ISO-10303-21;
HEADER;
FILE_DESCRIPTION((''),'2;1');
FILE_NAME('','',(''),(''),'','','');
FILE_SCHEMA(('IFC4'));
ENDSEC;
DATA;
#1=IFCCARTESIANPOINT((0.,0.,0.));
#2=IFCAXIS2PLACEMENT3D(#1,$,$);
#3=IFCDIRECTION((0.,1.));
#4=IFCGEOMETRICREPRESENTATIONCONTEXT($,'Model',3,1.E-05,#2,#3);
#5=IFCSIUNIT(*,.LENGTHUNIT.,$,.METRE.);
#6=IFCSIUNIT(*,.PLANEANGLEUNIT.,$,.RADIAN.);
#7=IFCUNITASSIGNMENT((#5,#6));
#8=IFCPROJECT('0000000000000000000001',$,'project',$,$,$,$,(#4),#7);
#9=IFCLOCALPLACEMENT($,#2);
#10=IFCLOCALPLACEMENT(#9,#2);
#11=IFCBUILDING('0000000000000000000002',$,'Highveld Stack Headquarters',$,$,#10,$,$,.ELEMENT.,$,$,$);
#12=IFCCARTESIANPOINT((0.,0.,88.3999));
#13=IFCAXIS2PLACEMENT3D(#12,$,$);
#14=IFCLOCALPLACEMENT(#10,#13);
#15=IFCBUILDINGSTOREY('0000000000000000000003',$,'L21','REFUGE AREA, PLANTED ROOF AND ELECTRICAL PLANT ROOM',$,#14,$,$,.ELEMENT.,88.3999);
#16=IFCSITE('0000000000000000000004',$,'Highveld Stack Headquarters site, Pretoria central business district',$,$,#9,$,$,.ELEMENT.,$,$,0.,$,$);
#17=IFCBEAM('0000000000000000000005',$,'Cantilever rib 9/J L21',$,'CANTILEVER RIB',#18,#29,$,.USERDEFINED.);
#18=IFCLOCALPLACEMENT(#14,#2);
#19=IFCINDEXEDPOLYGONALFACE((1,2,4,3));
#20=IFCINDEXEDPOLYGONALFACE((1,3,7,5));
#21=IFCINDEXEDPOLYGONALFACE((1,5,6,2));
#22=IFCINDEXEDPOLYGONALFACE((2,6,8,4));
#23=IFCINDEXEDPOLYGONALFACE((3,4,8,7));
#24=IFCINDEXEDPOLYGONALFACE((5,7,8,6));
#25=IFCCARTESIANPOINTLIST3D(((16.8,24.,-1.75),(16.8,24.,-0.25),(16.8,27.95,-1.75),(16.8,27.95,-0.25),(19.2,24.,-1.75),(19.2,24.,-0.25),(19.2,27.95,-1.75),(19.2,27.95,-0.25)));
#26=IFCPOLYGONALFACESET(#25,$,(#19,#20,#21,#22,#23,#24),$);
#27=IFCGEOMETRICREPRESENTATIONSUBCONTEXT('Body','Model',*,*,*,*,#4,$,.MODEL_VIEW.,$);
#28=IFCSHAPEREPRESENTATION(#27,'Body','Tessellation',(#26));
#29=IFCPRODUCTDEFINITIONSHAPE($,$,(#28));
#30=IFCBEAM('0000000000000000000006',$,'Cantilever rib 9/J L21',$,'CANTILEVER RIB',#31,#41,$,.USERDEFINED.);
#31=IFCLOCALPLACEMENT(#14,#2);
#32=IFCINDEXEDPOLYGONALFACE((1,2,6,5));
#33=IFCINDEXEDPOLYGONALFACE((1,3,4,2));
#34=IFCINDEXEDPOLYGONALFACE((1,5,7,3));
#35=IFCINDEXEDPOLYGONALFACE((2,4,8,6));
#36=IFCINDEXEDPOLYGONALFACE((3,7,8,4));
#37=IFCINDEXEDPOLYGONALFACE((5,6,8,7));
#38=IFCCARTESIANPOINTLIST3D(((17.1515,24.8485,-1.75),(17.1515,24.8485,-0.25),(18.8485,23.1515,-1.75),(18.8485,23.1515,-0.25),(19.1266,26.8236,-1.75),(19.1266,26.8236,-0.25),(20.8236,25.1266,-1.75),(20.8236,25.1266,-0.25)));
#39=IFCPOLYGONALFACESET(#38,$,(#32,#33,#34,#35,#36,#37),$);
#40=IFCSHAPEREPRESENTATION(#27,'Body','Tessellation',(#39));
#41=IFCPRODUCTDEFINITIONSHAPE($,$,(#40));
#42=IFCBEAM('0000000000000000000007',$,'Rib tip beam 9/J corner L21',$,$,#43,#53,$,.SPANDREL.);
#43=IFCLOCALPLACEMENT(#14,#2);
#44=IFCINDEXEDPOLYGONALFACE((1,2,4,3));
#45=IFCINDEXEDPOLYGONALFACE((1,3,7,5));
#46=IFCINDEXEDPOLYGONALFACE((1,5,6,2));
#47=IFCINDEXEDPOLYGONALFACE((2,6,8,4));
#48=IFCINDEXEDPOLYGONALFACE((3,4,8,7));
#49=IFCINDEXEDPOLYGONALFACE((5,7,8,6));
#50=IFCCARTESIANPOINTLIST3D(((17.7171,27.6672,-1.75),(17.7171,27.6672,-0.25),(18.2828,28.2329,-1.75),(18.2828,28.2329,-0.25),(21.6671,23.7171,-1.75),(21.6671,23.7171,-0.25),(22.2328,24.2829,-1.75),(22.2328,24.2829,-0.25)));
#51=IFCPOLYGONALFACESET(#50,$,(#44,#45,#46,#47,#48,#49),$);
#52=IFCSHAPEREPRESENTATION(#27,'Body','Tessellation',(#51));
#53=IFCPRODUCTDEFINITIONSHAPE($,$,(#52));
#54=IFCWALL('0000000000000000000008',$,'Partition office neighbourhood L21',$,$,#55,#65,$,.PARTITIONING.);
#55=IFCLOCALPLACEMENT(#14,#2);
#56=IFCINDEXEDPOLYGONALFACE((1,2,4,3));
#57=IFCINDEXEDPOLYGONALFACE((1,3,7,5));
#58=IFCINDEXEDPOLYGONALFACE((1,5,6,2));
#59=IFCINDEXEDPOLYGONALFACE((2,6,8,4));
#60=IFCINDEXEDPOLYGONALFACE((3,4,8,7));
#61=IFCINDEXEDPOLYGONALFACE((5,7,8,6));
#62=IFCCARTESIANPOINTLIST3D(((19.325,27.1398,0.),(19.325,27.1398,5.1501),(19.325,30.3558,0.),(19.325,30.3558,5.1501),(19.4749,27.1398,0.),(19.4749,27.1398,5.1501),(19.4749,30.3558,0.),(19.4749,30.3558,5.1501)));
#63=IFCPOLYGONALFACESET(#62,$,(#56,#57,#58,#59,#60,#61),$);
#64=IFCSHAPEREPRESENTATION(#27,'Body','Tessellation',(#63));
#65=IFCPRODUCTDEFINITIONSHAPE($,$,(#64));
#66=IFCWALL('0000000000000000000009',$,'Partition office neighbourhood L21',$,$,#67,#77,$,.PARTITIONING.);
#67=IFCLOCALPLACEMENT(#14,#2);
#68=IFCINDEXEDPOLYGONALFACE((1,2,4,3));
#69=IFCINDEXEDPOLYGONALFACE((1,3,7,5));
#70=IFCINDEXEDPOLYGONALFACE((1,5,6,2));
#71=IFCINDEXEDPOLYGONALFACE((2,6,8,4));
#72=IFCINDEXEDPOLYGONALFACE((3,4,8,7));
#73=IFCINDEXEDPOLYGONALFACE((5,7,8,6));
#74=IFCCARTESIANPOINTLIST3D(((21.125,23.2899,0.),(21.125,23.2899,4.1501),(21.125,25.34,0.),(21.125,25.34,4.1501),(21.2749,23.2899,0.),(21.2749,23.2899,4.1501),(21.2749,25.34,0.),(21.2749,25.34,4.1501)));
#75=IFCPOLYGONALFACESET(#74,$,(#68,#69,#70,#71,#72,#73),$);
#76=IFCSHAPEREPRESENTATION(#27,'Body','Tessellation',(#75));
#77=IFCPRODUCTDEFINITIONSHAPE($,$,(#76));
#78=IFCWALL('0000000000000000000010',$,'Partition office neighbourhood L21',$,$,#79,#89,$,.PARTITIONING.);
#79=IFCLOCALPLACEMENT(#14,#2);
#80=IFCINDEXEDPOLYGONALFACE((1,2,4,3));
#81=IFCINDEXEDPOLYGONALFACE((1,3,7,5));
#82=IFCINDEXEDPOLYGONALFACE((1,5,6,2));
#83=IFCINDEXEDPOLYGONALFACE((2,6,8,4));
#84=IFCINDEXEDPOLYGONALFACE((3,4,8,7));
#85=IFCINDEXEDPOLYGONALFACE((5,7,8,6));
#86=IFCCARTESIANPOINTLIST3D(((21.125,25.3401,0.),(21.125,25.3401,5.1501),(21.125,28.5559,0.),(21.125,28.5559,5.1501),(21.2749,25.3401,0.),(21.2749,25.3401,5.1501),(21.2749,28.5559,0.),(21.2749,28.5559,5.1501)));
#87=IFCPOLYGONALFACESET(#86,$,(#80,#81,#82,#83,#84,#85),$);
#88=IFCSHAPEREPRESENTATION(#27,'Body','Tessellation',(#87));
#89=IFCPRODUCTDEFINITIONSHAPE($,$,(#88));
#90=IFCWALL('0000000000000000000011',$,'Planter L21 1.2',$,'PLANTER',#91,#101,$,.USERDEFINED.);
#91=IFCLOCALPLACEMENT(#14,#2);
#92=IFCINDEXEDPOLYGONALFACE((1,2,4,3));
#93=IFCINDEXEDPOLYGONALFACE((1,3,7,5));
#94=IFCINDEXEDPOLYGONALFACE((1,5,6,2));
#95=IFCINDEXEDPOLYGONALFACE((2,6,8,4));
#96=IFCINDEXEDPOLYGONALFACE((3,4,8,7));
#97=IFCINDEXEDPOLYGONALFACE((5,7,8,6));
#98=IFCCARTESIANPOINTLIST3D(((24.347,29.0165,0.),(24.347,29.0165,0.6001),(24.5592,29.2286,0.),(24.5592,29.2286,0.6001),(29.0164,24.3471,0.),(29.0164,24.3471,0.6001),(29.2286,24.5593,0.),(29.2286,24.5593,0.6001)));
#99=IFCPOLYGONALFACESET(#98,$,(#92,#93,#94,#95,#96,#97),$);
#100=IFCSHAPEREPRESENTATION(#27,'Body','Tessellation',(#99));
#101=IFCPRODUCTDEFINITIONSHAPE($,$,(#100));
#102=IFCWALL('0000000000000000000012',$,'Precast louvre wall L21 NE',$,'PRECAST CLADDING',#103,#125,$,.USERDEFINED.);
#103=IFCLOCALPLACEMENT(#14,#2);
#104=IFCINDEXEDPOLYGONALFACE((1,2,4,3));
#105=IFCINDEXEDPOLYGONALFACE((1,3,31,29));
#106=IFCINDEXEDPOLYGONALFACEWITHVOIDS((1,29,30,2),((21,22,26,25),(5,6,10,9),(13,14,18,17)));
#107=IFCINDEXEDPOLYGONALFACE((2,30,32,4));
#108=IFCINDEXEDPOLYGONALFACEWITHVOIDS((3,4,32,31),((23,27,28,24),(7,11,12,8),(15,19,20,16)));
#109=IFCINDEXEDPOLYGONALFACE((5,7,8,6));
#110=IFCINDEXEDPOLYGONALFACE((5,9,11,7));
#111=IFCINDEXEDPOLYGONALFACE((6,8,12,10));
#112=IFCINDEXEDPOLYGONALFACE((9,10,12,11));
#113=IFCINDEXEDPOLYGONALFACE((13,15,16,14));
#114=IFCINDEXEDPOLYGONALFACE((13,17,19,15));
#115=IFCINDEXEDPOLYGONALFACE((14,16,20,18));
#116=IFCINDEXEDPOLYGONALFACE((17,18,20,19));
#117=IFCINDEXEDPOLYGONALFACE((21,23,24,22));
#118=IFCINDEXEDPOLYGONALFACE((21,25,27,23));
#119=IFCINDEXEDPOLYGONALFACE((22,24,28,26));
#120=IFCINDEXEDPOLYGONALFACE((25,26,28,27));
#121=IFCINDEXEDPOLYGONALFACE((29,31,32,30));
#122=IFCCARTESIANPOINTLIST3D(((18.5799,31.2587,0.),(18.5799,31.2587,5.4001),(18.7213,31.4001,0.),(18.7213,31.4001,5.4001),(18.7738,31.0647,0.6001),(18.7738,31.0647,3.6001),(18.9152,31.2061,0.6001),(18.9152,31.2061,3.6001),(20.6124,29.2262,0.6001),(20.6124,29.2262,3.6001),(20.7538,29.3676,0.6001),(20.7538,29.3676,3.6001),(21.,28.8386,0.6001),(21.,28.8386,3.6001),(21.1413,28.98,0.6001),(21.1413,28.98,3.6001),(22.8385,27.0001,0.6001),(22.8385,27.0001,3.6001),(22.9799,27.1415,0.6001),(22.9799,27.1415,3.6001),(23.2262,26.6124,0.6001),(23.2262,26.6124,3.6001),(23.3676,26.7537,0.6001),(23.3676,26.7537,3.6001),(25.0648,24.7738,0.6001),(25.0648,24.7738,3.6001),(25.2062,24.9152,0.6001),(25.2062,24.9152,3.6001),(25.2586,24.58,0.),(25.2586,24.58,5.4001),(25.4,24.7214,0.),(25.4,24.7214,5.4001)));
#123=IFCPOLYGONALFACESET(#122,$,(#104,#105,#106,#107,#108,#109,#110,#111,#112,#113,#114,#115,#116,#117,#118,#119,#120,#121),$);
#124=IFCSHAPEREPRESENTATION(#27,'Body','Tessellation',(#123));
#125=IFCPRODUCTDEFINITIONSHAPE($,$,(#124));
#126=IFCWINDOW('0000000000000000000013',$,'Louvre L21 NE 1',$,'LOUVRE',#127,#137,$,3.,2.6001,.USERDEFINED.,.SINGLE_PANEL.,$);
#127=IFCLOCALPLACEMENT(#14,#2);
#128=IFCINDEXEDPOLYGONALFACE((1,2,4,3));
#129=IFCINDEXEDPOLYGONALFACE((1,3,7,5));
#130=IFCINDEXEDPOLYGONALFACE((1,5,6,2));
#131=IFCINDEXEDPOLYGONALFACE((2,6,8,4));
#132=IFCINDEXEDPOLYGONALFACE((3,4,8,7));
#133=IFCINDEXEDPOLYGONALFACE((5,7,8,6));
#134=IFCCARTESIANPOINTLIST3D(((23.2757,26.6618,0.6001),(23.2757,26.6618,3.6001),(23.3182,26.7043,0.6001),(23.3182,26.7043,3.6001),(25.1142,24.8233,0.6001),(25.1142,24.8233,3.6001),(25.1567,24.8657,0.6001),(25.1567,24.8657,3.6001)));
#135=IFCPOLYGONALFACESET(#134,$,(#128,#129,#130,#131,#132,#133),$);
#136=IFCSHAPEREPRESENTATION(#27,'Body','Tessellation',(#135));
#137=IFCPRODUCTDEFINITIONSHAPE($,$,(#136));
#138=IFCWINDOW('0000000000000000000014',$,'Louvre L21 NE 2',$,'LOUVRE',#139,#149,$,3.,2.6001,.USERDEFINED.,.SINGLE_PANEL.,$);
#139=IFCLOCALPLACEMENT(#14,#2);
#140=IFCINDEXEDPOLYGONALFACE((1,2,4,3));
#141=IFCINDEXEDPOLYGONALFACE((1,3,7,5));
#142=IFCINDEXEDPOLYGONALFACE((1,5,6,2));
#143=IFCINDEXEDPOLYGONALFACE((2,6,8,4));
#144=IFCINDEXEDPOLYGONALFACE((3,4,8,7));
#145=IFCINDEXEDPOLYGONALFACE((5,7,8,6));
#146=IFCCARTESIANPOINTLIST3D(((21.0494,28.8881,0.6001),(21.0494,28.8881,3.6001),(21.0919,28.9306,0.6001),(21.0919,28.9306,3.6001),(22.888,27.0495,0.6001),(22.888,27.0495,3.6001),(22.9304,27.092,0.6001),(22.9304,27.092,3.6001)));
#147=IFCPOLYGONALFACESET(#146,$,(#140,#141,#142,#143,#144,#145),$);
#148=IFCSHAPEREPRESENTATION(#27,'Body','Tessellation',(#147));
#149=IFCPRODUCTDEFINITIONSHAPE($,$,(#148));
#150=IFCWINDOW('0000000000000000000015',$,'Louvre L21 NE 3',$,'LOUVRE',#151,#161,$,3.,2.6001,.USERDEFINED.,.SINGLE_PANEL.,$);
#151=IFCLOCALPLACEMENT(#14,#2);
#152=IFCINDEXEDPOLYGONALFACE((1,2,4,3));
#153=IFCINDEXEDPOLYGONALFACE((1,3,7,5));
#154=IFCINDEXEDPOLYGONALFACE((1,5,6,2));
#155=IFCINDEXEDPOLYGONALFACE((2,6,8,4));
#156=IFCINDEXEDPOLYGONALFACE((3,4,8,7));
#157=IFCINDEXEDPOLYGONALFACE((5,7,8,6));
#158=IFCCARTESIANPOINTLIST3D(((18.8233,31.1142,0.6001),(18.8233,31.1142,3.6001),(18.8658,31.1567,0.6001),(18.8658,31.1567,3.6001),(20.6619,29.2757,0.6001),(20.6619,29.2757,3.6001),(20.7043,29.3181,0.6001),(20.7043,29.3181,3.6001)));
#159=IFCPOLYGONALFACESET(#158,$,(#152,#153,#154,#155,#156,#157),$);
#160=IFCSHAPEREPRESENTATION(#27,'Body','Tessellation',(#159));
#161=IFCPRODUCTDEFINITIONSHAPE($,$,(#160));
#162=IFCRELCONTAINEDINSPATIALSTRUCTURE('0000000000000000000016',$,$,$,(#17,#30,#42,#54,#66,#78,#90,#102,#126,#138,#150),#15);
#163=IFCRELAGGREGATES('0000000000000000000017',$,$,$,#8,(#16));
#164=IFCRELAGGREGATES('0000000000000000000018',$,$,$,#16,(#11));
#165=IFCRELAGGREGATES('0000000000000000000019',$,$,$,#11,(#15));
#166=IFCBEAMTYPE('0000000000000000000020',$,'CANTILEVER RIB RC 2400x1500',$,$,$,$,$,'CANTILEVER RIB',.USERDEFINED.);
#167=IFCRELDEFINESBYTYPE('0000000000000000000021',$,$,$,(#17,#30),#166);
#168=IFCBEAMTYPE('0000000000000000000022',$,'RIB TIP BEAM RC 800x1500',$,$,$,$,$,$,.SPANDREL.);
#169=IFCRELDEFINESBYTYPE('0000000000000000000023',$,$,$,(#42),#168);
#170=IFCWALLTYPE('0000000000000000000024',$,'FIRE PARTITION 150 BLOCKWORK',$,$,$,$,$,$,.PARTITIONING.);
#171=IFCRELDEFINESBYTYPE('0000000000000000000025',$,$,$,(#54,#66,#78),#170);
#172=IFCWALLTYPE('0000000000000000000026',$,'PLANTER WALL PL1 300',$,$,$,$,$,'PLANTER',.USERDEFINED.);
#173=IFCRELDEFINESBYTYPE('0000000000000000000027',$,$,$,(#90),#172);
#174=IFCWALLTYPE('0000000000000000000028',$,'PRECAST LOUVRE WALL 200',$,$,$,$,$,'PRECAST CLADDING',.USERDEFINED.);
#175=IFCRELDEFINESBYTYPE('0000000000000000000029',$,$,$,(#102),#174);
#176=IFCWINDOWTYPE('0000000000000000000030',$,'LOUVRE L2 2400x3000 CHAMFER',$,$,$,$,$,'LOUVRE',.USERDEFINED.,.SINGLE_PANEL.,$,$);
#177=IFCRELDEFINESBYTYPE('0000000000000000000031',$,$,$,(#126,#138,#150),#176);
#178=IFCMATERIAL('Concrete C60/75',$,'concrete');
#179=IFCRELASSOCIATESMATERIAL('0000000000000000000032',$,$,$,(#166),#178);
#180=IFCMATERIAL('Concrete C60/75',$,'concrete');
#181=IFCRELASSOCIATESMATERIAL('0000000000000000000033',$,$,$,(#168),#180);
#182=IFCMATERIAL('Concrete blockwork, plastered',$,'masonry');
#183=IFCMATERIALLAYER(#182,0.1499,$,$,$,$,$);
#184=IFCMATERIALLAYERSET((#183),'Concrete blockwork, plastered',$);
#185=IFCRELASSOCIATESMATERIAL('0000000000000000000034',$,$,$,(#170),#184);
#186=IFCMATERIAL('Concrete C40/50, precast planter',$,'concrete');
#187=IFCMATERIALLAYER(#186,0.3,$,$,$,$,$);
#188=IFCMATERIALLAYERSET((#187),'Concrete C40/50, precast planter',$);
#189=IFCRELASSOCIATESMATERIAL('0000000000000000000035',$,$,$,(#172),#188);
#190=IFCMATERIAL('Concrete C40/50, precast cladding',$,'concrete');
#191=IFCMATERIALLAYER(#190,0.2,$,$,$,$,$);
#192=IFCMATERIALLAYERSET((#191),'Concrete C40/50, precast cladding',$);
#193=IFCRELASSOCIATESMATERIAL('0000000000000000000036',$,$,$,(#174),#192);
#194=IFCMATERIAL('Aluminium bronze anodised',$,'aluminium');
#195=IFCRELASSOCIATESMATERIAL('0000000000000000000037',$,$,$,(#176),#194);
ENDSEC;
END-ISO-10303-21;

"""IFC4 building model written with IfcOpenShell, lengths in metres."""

from ifc_helpers import new_model, si_unit, direction, frame, frame_2d, origin, origin_2d, place, context, subcontext, project, spatial, rectangle, extrude, material, layer, layer_set, material_profile, profile_set, type_object, element, fill, save


model = new_model("IFC4")

# Units and contexts
model_context = context("Model", 3, precision=1e-05, world=origin(), true_north=direction((0.0, 1.0)))
body_context = subcontext(model_context, "Body", "Model", "MODEL_VIEW")
ifc_project = project(units=[si_unit("LENGTHUNIT", "METRE"), si_unit("PLANEANGLEUNIT", "RADIAN")], contexts=[model_context])

# Site, building, storey
site_placement = place(None, origin())
site = spatial("IfcSite", under=ifc_project, at=site_placement, Name="Highveld Stack Headquarters site, Pretoria central business district", CompositionType="ELEMENT", RefElevation=0.0)
building_placement = place(site_placement, origin())
building = spatial("IfcBuilding", under=site, at=building_placement, Name="Highveld Stack Headquarters", CompositionType="ELEMENT")
storey_placement = place(building_placement, frame((0.0, 0.0, 88.3999)))
storey = spatial("IfcBuildingStorey", under=building, at=storey_placement, Name="L21", Description="REFUGE AREA, PLANTED ROOF AND ELECTRICAL PLANT ROOM", CompositionType="ELEMENT", Elevation=88.3999)

# Beams
ifc_material_1 = material(Name="Concrete C60/75", Category="concrete")
ifc_material_profile_1 = material_profile(ifc_material_1, rectangle(XDim=2.3999, YDim=1.5, at=origin_2d()), Name="RC 2400x1500")
ifc_profile_set_1 = profile_set([ifc_material_profile_1], Name="Concrete C60/75")
beam_type_1 = type_object("IfcBeamType", Name="CANTILEVER RIB RC 2400x1500", ElementType="CANTILEVER RIB", PredefinedType="USERDEFINED", material=ifc_profile_set_1)
beam_1_placement = place(storey_placement, frame((18.0, 24.0, -1.0), z_axis=(0.0, 1.0, 0.0), x_axis=(-1.0, 0.0, 0.0)))
element("IfcBeam", 1, at=beam_1_placement, inside=storey, type_object=beam_type_1, Name="Cantilever rib 9/J L21", ObjectType="CANTILEVER RIB", PredefinedType="USERDEFINED", context=body_context, shape_type="SweptSolid", body=[
    extrude(rectangle(XDim=2.3999, YDim=1.5, at=origin_2d()), origin(), (0.0, 0.0, 1.0), 3.95),
])
beam_2_placement = place(storey_placement, frame((18.0, 24.0, -1.0), z_axis=(0.707107, 0.707107, 0.0), x_axis=(-0.707107, 0.707107, 0.0)))
element("IfcBeam", 2, at=beam_2_placement, inside=storey, type_object=beam_type_1, Name="Cantilever rib 9/J L21", ObjectType="CANTILEVER RIB", PredefinedType="USERDEFINED", context=body_context, shape_type="SweptSolid", body=[
    extrude(rectangle(XDim=2.3999, YDim=1.5, at=origin_2d()), origin(), (0.0, 0.0, 1.0), 2.7932),
])
ifc_material_2 = material(Name="Concrete C60/75", Category="concrete")
ifc_material_profile_2 = material_profile(ifc_material_2, rectangle(XDim=0.8, YDim=1.5, at=origin_2d()), Name="RC 800x1500")
ifc_profile_set_2 = profile_set([ifc_material_profile_2], Name="Concrete C60/75")
beam_type_2 = type_object("IfcBeamType", Name="RIB TIP BEAM RC 800x1500", PredefinedType="SPANDREL", material=ifc_profile_set_2)
beam_3_placement = place(storey_placement, frame((21.95, 24.0, -1.0), z_axis=(-0.707107, 0.707107, 0.0), x_axis=(-0.707107, -0.707107, 0.0)))
element("IfcBeam", 3, at=beam_3_placement, inside=storey, type_object=beam_type_2, Name="Rib tip beam 9/J corner L21", PredefinedType="SPANDREL", context=body_context, shape_type="SweptSolid", body=[
    extrude(rectangle(XDim=0.8, YDim=1.5, at=origin_2d()), origin(), (0.0, 0.0, 1.0), 5.5862),
])

# Walls
ifc_material_3 = material(Name="Concrete blockwork, plastered", Category="masonry")
ifc_layer_1 = layer(ifc_material_3, 0.1499)
ifc_layer_set_1 = layer_set([ifc_layer_1], Name="Concrete blockwork, plastered")
wall_type_1 = type_object("IfcWallType", Name="FIRE PARTITION 150 BLOCKWORK", PredefinedType="PARTITIONING", material=ifc_layer_set_1)
wall_1_placement = place(storey_placement, frame((19.3999, 27.1399, 0.0), z_axis=(0.0, 0.0, 1.0), x_axis=(0.0, 1.0, 0.0)))
element("IfcWall", 4, at=wall_1_placement, inside=storey, type_object=wall_type_1, Name="Partition office neighbourhood L21", PredefinedType="PARTITIONING", context=body_context, shape_type="SweptSolid", body=[
    extrude(rectangle(XDim=3.2161, YDim=0.1499, at=frame_2d((1.6079, 0.0))), origin(), (0.0, 0.0, 1.0), 5.1501),
])
wall_2_placement = place(storey_placement, frame((21.2, 23.29, 0.0), z_axis=(0.0, 0.0, 1.0), x_axis=(0.0, 1.0, 0.0)))
element("IfcWall", 5, at=wall_2_placement, inside=storey, type_object=wall_type_1, Name="Partition office neighbourhood L21", PredefinedType="PARTITIONING", context=body_context, shape_type="SweptSolid", body=[
    extrude(rectangle(XDim=2.05, YDim=0.1499, at=frame_2d((1.0249, 0.0))), origin(), (0.0, 0.0, 1.0), 4.1501),
])
wall_3_placement = place(storey_placement, frame((21.2, 25.3401, 0.0), z_axis=(0.0, 0.0, 1.0), x_axis=(0.0, 1.0, 0.0)))
element("IfcWall", 6, at=wall_3_placement, inside=storey, type_object=wall_type_1, Name="Partition office neighbourhood L21", PredefinedType="PARTITIONING", context=body_context, shape_type="SweptSolid", body=[
    extrude(rectangle(XDim=3.2158, YDim=0.1499, at=frame_2d((1.6079, 0.0))), origin(), (0.0, 0.0, 1.0), 5.1501),
])
ifc_material_4 = material(Name="Concrete C40/50, precast planter", Category="concrete")
ifc_layer_2 = layer(ifc_material_4, 0.3)
ifc_layer_set_2 = layer_set([ifc_layer_2], Name="Concrete C40/50, precast planter")
wall_type_2 = type_object("IfcWallType", Name="PLANTER WALL PL1 300", ElementType="PLANTER", PredefinedType="USERDEFINED", material=ifc_layer_set_2)
wall_4_placement = place(storey_placement, frame((24.4531, 29.1226, 0.0), z_axis=(0.0, 0.0, 1.0), x_axis=(0.707107, -0.707107, 0.0)))
element("IfcWall", 7, at=wall_4_placement, inside=storey, type_object=wall_type_2, Name="Planter L21 1.2", ObjectType="PLANTER", PredefinedType="USERDEFINED", context=body_context, shape_type="SweptSolid", body=[
    extrude(rectangle(XDim=6.6035, YDim=0.3, at=frame_2d((3.3018, 0.0))), origin(), (0.0, 0.0, 1.0), 0.6001),
])

# Wall, openings, windows
ifc_material_5 = material(Name="Concrete C40/50, precast cladding", Category="concrete")
ifc_layer_3 = layer(ifc_material_5, 0.2)
ifc_layer_set_3 = layer_set([ifc_layer_3], Name="Concrete C40/50, precast cladding")
wall_type_3 = type_object("IfcWallType", Name="PRECAST LOUVRE WALL 200", ElementType="PRECAST CLADDING", PredefinedType="USERDEFINED", material=ifc_layer_set_3)
wall_5_placement = place(storey_placement, frame((25.3293, 24.6506, 0.0), z_axis=(0.0, 0.0, 1.0), x_axis=(-0.707107, 0.707107, 0.0)))
wall_5 = element("IfcWall", 8, at=wall_5_placement, inside=storey, type_object=wall_type_3, Name="Precast louvre wall L21 NE", ObjectType="PRECAST CLADDING", PredefinedType="USERDEFINED", context=body_context, shape_type="SweptSolid", body=[
    extrude(rectangle(XDim=9.4451, YDim=0.2, at=frame_2d((4.7227, 0.0))), origin(), (0.0, 0.0, 1.0), 5.4001),
])
opening_1_placement = place(wall_5_placement, frame((0.2742, 0.0, 0.6001)))
opening_1 = element("IfcOpeningElement", 9, at=opening_1_placement, cuts=wall_5, PredefinedType="OPENING", context=body_context, shape_type="SweptSolid", body=[
    extrude(rectangle(XDim=2.6001, YDim=3.0, at=frame_2d((1.3, 1.5))), frame((0.0, 0.1099, 0.0), z_axis=(0.0, -1.0, 0.0), x_axis=(1.0, 0.0, 0.0)), (0.0, 0.0, 1.0), 0.22),
])
opening_2_placement = place(wall_5_placement, frame((3.4226, 0.0, 0.6001)))
opening_2 = element("IfcOpeningElement", 10, at=opening_2_placement, cuts=wall_5, PredefinedType="OPENING", context=body_context, shape_type="SweptSolid", body=[
    extrude(rectangle(XDim=2.6001, YDim=3.0, at=frame_2d((1.3, 1.5))), frame((0.0, 0.1099, 0.0), z_axis=(0.0, -1.0, 0.0), x_axis=(1.0, 0.0, 0.0)), (0.0, 0.0, 1.0), 0.22),
])
opening_3_placement = place(wall_5_placement, frame((6.5708, 0.0, 0.6001)))
opening_3 = element("IfcOpeningElement", 11, at=opening_3_placement, cuts=wall_5, PredefinedType="OPENING", context=body_context, shape_type="SweptSolid", body=[
    extrude(rectangle(XDim=2.6001, YDim=3.0, at=frame_2d((1.3, 1.5))), frame((0.0, 0.1099, 0.0), z_axis=(0.0, -1.0, 0.0), x_axis=(1.0, 0.0, 0.0)), (0.0, 0.0, 1.0), 0.22),
])
ifc_material_6 = material(Name="Aluminium bronze anodised", Category="aluminium")
window_type_1 = type_object("IfcWindowType", Name="LOUVRE L2 2400x3000 CHAMFER", ElementType="LOUVRE", PartitioningType="SINGLE_PANEL", PredefinedType="USERDEFINED", material=ifc_material_6)
window_1_placement = place(opening_1_placement, origin())
window_1 = element("IfcWindow", 12, at=window_1_placement, inside=storey, type_object=window_type_1, Name="Louvre L21 NE 1", ObjectType="LOUVRE", OverallHeight=3.0, OverallWidth=2.6001, PartitioningType="SINGLE_PANEL", PredefinedType="USERDEFINED", context=body_context, shape_type="SweptSolid", body=[
    extrude(rectangle(XDim=2.6001, YDim=3.0, at=frame_2d((1.3, 1.5))), frame((0.0, 0.03, 0.0), z_axis=(0.0, -1.0, 0.0), x_axis=(1.0, 0.0, 0.0)), (0.0, 0.0, 1.0), 0.0601),
])
fill(opening_1, window_1)
window_2_placement = place(opening_2_placement, origin())
window_2 = element("IfcWindow", 13, at=window_2_placement, inside=storey, type_object=window_type_1, Name="Louvre L21 NE 2", ObjectType="LOUVRE", OverallHeight=3.0, OverallWidth=2.6001, PartitioningType="SINGLE_PANEL", PredefinedType="USERDEFINED", context=body_context, shape_type="SweptSolid", body=[
    extrude(rectangle(XDim=2.6001, YDim=3.0, at=frame_2d((1.3, 1.5))), frame((0.0, 0.03, 0.0), z_axis=(0.0, -1.0, 0.0), x_axis=(1.0, 0.0, 0.0)), (0.0, 0.0, 1.0), 0.0601),
])
fill(opening_2, window_2)
window_3_placement = place(opening_3_placement, origin())
window_3 = element("IfcWindow", 14, at=window_3_placement, inside=storey, type_object=window_type_1, Name="Louvre L21 NE 3", ObjectType="LOUVRE", OverallHeight=3.0, OverallWidth=2.6001, PartitioningType="SINGLE_PANEL", PredefinedType="USERDEFINED", context=body_context, shape_type="SweptSolid", body=[
    extrude(rectangle(XDim=2.6001, YDim=3.0, at=frame_2d((1.3, 1.5))), frame((0.0, 0.03, 0.0), z_axis=(0.0, -1.0, 0.0), x_axis=(1.0, 0.0, 0.0)), (0.0, 0.0, 1.0), 0.0601),
])
fill(opening_3, window_3)

save(model, "model.ifc")
